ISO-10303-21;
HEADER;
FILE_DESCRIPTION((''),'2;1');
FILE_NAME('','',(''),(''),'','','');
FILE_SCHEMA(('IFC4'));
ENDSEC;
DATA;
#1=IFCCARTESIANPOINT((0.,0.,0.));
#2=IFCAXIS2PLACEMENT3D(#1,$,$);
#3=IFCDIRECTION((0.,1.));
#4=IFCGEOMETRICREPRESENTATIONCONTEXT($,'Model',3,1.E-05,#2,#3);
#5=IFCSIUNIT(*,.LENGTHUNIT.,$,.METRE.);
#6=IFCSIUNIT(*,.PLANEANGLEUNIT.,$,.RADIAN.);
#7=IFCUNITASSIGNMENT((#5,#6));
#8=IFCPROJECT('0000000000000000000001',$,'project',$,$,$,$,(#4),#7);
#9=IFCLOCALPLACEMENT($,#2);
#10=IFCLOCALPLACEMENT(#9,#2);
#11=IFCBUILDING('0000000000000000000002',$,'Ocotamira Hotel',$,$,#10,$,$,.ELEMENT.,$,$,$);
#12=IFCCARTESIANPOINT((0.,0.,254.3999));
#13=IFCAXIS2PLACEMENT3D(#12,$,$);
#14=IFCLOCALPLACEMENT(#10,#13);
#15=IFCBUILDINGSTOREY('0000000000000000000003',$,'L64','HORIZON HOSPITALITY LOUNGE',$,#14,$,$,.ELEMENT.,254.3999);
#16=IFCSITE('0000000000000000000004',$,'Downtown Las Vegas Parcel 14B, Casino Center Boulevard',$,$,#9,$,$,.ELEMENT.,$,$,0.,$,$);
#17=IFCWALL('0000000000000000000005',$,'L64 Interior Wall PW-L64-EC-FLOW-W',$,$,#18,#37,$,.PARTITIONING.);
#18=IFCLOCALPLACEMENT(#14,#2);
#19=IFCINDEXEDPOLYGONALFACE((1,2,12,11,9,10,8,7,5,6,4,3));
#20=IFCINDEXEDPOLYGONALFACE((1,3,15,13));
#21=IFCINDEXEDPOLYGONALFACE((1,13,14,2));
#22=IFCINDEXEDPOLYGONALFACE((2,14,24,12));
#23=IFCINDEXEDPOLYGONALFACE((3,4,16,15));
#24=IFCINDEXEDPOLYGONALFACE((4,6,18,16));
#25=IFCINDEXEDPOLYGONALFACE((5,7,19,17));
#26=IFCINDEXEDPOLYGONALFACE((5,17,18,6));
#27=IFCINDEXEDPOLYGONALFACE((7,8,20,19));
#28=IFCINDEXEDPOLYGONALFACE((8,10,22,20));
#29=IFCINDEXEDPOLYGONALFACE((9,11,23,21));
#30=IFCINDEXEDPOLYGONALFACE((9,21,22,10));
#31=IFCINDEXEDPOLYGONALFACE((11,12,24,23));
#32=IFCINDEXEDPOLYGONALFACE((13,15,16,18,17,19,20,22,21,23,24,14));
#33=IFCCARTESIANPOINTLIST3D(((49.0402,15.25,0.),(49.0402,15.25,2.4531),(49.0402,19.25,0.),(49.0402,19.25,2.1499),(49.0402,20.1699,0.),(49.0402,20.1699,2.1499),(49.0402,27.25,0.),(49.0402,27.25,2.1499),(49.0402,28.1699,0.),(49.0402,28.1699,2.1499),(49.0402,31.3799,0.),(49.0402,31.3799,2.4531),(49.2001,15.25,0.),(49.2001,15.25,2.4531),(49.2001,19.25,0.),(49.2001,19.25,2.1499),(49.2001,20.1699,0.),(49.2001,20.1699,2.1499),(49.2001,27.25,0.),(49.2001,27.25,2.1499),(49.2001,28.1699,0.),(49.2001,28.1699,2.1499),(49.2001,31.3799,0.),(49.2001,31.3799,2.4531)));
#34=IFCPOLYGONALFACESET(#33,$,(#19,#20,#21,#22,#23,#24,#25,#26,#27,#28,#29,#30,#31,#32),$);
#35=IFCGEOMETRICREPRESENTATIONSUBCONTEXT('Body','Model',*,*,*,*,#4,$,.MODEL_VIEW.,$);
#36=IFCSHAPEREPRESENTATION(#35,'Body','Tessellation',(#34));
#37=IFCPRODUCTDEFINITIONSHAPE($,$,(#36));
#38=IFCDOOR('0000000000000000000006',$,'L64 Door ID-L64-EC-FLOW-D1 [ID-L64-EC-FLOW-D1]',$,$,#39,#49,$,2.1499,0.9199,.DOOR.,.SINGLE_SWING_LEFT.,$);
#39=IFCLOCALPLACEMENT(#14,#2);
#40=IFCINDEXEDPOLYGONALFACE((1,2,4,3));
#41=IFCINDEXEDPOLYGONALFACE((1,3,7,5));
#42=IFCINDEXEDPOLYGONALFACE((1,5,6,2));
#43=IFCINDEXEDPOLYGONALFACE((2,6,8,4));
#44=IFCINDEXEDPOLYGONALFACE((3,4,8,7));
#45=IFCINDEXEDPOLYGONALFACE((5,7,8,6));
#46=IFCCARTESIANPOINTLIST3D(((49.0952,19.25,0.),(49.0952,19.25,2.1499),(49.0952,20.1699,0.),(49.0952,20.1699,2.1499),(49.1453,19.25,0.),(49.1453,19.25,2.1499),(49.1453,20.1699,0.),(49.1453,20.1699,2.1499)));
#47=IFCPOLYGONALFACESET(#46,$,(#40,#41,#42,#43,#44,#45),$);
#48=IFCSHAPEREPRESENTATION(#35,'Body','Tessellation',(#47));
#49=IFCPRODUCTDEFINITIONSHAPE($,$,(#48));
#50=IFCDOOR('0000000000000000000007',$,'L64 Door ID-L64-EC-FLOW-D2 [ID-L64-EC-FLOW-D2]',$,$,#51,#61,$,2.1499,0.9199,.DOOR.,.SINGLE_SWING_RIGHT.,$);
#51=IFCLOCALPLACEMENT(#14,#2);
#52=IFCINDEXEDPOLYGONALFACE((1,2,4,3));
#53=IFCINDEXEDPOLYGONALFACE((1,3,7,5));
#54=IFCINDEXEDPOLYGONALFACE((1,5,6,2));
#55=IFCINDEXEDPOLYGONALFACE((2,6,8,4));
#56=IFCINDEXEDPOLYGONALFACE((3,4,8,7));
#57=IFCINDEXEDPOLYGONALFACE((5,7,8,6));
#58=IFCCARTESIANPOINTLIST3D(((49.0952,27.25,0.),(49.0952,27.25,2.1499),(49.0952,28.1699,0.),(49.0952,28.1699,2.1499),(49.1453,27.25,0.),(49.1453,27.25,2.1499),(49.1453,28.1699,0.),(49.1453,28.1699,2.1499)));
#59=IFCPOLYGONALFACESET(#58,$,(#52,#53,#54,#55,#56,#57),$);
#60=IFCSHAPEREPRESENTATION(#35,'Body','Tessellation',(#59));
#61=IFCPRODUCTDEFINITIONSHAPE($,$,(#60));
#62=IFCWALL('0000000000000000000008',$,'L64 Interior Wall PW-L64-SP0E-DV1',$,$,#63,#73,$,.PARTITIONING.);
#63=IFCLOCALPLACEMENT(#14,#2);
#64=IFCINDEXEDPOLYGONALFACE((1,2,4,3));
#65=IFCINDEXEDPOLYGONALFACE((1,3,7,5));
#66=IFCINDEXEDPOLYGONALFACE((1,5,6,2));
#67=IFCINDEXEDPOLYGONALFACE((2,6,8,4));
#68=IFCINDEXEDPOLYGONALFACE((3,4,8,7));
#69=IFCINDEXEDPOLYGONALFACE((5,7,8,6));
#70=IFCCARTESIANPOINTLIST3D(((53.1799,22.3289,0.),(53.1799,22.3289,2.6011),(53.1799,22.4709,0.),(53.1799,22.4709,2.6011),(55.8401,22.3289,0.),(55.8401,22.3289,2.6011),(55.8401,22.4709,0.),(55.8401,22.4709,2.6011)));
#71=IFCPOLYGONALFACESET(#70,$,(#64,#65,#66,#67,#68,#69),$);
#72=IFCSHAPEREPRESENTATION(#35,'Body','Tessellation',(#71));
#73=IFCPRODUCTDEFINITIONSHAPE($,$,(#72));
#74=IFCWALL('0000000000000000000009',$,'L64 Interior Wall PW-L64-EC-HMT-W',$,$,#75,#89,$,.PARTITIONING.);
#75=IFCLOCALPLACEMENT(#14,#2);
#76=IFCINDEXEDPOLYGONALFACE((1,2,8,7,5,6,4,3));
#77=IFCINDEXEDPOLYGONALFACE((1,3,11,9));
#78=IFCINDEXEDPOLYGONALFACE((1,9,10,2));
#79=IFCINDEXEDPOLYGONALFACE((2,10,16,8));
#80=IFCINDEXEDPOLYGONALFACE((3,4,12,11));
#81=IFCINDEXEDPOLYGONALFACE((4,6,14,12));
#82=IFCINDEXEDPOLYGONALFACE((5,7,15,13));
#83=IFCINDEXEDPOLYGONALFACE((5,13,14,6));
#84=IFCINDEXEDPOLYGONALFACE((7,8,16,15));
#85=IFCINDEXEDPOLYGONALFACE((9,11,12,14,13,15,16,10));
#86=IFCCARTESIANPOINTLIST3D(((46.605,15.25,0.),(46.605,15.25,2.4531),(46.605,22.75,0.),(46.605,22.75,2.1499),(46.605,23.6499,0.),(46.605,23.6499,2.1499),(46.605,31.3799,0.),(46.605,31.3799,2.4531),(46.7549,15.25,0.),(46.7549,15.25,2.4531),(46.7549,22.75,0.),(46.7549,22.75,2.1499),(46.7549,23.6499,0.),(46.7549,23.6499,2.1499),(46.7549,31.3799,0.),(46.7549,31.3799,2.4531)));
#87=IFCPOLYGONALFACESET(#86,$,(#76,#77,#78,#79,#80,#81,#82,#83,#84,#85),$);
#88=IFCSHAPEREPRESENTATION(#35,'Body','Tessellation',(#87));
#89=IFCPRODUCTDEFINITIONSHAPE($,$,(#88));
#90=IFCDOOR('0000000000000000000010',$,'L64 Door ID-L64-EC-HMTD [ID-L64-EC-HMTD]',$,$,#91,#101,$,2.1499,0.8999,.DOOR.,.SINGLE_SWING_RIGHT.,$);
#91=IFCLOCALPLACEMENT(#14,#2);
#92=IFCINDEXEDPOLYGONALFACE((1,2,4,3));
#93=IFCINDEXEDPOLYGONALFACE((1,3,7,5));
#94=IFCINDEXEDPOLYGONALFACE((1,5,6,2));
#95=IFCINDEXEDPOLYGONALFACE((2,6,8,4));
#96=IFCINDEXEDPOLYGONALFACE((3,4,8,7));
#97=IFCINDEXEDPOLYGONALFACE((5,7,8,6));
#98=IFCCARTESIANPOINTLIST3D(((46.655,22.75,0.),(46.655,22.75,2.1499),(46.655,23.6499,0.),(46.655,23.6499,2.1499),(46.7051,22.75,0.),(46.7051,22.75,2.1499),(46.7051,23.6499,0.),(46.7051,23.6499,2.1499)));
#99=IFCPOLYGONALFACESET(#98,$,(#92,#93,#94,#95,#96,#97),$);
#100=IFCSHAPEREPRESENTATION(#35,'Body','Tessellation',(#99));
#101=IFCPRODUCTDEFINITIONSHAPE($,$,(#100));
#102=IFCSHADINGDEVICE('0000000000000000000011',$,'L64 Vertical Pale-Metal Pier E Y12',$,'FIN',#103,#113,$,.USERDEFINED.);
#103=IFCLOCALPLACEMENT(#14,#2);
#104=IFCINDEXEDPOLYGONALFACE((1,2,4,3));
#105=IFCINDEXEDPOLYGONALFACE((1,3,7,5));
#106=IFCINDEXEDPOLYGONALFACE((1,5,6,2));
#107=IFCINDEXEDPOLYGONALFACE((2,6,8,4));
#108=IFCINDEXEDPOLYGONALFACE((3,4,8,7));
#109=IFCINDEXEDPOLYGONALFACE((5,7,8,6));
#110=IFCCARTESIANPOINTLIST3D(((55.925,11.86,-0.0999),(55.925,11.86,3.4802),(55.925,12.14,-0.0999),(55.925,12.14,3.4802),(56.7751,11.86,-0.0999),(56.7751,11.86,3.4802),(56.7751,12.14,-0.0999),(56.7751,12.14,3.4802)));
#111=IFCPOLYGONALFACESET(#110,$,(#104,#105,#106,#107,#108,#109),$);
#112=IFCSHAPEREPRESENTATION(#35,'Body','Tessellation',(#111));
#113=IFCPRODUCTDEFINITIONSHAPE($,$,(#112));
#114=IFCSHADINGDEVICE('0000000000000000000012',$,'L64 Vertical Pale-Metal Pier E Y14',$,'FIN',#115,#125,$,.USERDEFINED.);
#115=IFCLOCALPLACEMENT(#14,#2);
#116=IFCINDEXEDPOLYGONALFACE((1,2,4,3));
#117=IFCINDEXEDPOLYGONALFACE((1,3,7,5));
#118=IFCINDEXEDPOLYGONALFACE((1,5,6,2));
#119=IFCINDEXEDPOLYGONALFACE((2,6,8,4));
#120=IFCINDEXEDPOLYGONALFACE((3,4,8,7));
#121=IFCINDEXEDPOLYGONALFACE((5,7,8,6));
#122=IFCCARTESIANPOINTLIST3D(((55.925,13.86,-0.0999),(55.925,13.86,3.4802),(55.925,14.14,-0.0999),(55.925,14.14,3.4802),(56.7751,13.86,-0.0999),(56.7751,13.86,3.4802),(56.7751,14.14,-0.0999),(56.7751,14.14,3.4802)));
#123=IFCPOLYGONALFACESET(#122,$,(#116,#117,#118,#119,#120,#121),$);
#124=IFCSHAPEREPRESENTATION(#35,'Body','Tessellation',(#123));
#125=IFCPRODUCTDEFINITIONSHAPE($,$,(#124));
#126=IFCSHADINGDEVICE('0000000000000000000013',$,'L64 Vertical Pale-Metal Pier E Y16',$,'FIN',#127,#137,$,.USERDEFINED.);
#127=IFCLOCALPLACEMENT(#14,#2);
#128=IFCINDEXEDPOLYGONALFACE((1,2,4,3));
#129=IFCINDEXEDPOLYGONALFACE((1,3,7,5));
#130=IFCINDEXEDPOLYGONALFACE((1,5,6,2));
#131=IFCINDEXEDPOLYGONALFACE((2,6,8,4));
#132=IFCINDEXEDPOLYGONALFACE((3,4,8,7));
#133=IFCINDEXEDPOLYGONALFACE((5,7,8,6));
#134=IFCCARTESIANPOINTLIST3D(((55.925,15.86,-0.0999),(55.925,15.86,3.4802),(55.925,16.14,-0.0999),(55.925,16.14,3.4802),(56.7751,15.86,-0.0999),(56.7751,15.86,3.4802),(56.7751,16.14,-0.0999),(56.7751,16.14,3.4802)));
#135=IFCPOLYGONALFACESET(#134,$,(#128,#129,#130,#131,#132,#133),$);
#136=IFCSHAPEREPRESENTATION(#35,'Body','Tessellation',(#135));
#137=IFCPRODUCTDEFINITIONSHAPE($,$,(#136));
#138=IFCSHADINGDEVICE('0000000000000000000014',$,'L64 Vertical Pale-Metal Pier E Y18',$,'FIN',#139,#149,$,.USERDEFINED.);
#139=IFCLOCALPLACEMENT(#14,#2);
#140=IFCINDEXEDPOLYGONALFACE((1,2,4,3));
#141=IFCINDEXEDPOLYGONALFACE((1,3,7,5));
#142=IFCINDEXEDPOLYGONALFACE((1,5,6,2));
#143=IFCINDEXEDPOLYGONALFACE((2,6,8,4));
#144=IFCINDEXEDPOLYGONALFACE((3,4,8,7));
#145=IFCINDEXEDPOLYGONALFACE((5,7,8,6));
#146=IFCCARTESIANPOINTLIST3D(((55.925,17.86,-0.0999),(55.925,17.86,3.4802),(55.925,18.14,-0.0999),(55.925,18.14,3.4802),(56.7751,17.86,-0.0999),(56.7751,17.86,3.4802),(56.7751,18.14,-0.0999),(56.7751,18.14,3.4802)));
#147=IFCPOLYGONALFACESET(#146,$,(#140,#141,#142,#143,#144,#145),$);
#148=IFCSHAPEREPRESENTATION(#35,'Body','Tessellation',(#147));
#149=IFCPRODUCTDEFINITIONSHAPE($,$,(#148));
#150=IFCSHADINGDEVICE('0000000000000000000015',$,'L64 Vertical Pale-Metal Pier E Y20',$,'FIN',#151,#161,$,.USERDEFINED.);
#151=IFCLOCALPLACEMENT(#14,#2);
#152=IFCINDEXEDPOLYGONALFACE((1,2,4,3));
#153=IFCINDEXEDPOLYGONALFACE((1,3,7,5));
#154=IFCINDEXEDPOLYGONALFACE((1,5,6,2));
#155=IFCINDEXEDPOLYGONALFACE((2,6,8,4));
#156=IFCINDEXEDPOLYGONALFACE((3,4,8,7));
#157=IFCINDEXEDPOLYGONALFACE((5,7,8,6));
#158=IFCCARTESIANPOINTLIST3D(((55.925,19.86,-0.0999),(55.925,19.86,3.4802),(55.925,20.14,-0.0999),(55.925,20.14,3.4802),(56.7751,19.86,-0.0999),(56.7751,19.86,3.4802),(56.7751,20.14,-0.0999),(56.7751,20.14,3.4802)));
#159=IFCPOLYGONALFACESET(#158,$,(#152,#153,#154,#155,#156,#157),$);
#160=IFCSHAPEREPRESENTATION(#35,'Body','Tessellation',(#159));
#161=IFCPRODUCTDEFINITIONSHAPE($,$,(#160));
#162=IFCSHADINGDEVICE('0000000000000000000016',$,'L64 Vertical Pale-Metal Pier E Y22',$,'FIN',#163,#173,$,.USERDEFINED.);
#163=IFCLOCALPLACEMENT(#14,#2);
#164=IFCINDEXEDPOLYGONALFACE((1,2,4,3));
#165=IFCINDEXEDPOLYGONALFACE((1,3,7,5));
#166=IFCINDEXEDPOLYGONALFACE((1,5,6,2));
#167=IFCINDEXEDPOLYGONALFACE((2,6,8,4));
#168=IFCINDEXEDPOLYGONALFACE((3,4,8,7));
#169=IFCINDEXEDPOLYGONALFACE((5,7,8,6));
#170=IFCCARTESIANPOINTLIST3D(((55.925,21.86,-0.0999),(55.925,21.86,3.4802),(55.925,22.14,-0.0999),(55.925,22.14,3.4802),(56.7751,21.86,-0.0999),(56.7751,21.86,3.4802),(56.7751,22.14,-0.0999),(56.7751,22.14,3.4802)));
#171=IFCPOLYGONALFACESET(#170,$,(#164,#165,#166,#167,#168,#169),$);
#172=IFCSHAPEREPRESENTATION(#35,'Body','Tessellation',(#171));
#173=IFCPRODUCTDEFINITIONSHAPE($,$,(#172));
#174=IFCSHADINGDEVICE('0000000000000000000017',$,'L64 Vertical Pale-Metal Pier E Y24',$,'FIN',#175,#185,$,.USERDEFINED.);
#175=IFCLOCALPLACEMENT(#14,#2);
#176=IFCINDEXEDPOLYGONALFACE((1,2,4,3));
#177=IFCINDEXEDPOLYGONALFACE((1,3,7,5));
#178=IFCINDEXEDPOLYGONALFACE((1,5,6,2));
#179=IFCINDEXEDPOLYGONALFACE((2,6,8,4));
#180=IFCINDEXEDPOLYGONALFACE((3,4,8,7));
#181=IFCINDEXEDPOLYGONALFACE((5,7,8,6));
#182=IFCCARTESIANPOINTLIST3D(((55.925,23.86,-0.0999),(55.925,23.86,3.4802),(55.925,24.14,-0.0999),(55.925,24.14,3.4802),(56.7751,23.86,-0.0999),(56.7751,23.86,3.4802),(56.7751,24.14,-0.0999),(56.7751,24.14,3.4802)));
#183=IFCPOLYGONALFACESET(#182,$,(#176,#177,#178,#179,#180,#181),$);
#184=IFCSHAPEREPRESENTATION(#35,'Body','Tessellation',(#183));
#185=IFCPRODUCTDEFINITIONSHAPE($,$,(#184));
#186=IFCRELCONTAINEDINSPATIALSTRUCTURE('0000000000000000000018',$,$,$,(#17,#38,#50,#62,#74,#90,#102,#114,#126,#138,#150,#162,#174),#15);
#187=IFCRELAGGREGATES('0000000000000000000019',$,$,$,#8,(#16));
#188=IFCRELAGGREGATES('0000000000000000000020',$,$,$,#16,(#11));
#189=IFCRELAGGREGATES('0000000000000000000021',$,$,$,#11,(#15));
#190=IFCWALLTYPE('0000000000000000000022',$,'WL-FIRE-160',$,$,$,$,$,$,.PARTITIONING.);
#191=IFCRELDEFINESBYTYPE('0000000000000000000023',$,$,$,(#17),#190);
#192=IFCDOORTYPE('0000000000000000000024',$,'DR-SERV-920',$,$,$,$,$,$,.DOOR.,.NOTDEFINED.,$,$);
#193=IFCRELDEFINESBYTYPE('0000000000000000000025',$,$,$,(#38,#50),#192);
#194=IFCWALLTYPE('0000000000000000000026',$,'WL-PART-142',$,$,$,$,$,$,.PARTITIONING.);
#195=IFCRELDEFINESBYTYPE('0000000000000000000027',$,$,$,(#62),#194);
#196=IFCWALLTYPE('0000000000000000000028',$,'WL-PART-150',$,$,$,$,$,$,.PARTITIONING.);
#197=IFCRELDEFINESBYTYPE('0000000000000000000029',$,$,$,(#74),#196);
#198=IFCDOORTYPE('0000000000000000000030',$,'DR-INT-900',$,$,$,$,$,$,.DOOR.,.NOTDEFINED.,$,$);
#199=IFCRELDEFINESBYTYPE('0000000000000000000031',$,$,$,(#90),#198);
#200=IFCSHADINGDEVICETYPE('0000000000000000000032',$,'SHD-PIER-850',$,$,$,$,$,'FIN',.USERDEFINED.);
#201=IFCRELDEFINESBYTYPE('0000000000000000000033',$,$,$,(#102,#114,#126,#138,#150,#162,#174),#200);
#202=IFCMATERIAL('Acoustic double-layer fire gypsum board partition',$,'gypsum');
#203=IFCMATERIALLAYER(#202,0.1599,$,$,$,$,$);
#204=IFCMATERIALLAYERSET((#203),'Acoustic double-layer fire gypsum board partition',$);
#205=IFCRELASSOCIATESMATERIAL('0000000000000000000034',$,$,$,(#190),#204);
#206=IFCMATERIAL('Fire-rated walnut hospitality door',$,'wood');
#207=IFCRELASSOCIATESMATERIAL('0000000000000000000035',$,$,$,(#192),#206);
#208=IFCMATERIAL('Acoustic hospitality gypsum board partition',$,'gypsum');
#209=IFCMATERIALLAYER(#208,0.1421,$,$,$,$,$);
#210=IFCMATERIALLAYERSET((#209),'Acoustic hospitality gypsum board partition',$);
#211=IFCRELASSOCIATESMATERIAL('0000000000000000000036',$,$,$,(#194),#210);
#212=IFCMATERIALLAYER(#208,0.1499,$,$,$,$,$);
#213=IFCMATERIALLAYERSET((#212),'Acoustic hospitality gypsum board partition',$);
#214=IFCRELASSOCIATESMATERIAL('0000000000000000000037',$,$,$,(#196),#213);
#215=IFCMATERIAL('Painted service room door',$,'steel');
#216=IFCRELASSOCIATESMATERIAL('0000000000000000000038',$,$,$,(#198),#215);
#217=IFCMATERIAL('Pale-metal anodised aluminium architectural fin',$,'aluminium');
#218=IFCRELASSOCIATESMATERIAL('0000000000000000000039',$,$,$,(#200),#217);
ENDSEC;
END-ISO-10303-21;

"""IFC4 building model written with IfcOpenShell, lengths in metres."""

from ifc_helpers import new_model, si_unit, direction, frame, frame_2d, origin, origin_2d, place, context, subcontext, project, spatial, rectangle, extrude, source, transform, mapped, material, layer, layer_set, type_object, element, fill, save


model = new_model("IFC4")

# Units and contexts
model_context = context("Model", 3, precision=1e-05, world=origin(), true_north=direction((0.0, 1.0)))
body_context = subcontext(model_context, "Body", "Model", "MODEL_VIEW")
ifc_project = project(units=[si_unit("LENGTHUNIT", "METRE"), si_unit("PLANEANGLEUNIT", "RADIAN")], contexts=[model_context])

# Site, building, storey
site_placement = place(None, origin())
site = spatial("IfcSite", under=ifc_project, at=site_placement, Name="Downtown Las Vegas Parcel 14B, Casino Center Boulevard", CompositionType="ELEMENT", RefElevation=0.0)
building_placement = place(site_placement, origin())
building = spatial("IfcBuilding", under=site, at=building_placement, Name="Ocotamira Hotel", CompositionType="ELEMENT")
storey_placement = place(building_placement, frame((0.0, 0.0, 254.3999)))
storey = spatial("IfcBuildingStorey", under=building, at=storey_placement, Name="L64", Description="HORIZON HOSPITALITY LOUNGE", CompositionType="ELEMENT", Elevation=254.3999)

# Wall, openings, doors
ifc_material_1 = material(Name="Acoustic double-layer fire gypsum board partition", Category="gypsum")
ifc_layer_1 = layer(ifc_material_1, 0.1599)
ifc_layer_set_1 = layer_set([ifc_layer_1], Name="Acoustic double-layer fire gypsum board partition")
wall_type_1 = type_object("IfcWallType", Name="WL-FIRE-160", PredefinedType="PARTITIONING", material=ifc_layer_set_1)
wall_1_placement = place(storey_placement, frame((49.1201, 15.25, 0.0), z_axis=(0.0, 0.0, 1.0), x_axis=(0.0, 1.0, 0.0)))
wall_1 = element("IfcWall", 1, at=wall_1_placement, inside=storey, type_object=wall_type_1, Name="L64 Interior Wall PW-L64-EC-FLOW-W", PredefinedType="PARTITIONING", context=body_context, shape_type="SweptSolid", body=[
    extrude(rectangle(XDim=16.1299, YDim=0.1599, at=frame_2d((8.0649, 0.0))), origin(), (0.0, 0.0, 1.0), 2.4531),
])
opening_1_placement = place(wall_1_placement, frame((4.0, 0.0, 0.0)))
opening_1 = element("IfcOpeningElement", 2, at=opening_1_placement, cuts=wall_1, PredefinedType="OPENING", context=body_context, shape_type="SweptSolid", body=[
    extrude(rectangle(XDim=0.9199, YDim=2.1499, at=frame_2d((0.46, 1.075))), frame((0.0, 0.0898, 0.0), z_axis=(0.0, -1.0, 0.0), x_axis=(1.0, 0.0, 0.0)), (0.0, 0.0, 1.0), 0.1799),
])
opening_2_placement = place(wall_1_placement, frame((12.0, 0.0, 0.0)))
opening_2 = element("IfcOpeningElement", 3, at=opening_2_placement, cuts=wall_1, PredefinedType="OPENING", context=body_context, shape_type="SweptSolid", body=[
    extrude(rectangle(XDim=0.9199, YDim=2.1499, at=frame_2d((0.46, 1.075))), frame((0.0, 0.0898, 0.0), z_axis=(0.0, -1.0, 0.0), x_axis=(1.0, 0.0, 0.0)), (0.0, 0.0, 1.0), 0.1799),
])
ifc_material_2 = material(Name="Fire-rated walnut hospitality door", Category="wood")
door_type_1 = type_object("IfcDoorType", Name="DR-SERV-920", OperationType="NOTDEFINED", PredefinedType="DOOR", material=ifc_material_2)
shared_shape_1 = source(origin(), body_context, "Body", "SweptSolid", [
    extrude(rectangle(XDim=0.9199, YDim=2.1499, at=frame_2d((0.46, 1.075))), frame((0.0, 0.0249, 0.0), z_axis=(0.0, -1.0, 0.0), x_axis=(1.0, 0.0, 0.0)), (0.0, 0.0, 1.0), 0.05),
])
door_1_placement = place(opening_1_placement, origin())
door_1 = element("IfcDoor", 4, at=door_1_placement, inside=storey, type_object=door_type_1, Name="L64 Door ID-L64-EC-FLOW-D1 [ID-L64-EC-FLOW-D1]", OperationType="SINGLE_SWING_LEFT", OverallHeight=2.1499, OverallWidth=0.9199, PredefinedType="DOOR", context=body_context, shape_type="MappedRepresentation", body=[
    mapped(shared_shape_1, transform((0.0, 0.0, 0.0), scale=1.0)),
])
fill(opening_1, door_1)
door_2_placement = place(opening_2_placement, origin())
door_2 = element("IfcDoor", 5, at=door_2_placement, inside=storey, type_object=door_type_1, Name="L64 Door ID-L64-EC-FLOW-D2 [ID-L64-EC-FLOW-D2]", OperationType="SINGLE_SWING_RIGHT", OverallHeight=2.1499, OverallWidth=0.9199, PredefinedType="DOOR", context=body_context, shape_type="MappedRepresentation", body=[
    mapped(shared_shape_1, transform((0.0, 0.0, 0.0), scale=1.0)),
])
fill(opening_2, door_2)

# Wall
ifc_material_3 = material(Name="Acoustic hospitality gypsum board partition", Category="gypsum")
ifc_layer_2 = layer(ifc_material_3, 0.1421)
ifc_layer_set_2 = layer_set([ifc_layer_2], Name="Acoustic hospitality gypsum board partition")
wall_type_2 = type_object("IfcWallType", Name="WL-PART-142", PredefinedType="PARTITIONING", material=ifc_layer_set_2)
wall_2_placement = place(storey_placement, frame((53.1799, 22.3999, 0.0), z_axis=(0.0, 0.0, 1.0), x_axis=(1.0, 0.0, 0.0)))
element("IfcWall", 6, at=wall_2_placement, inside=storey, type_object=wall_type_2, Name="L64 Interior Wall PW-L64-SP0E-DV1", PredefinedType="PARTITIONING", context=body_context, shape_type="SweptSolid", body=[
    extrude(rectangle(XDim=2.6602, YDim=0.1421, at=frame_2d((1.3301, 0.0))), origin(), (0.0, 0.0, 1.0), 2.6011),
])

# Wall, opening, door
ifc_layer_3 = layer(ifc_material_3, 0.1499)
ifc_layer_set_3 = layer_set([ifc_layer_3], Name="Acoustic hospitality gypsum board partition")
wall_type_3 = type_object("IfcWallType", Name="WL-PART-150", PredefinedType="PARTITIONING", material=ifc_layer_set_3)
wall_3_placement = place(storey_placement, frame((46.6799, 15.25, 0.0), z_axis=(0.0, 0.0, 1.0), x_axis=(0.0, 1.0, 0.0)))
wall_3 = element("IfcWall", 7, at=wall_3_placement, inside=storey, type_object=wall_type_3, Name="L64 Interior Wall PW-L64-EC-HMT-W", PredefinedType="PARTITIONING", context=body_context, shape_type="SweptSolid", body=[
    extrude(rectangle(XDim=16.1299, YDim=0.1499, at=frame_2d((8.0649, 0.0))), origin(), (0.0, 0.0, 1.0), 2.4531),
])
opening_3_placement = place(wall_3_placement, frame((7.5, 0.0, 0.0)))
opening_3 = element("IfcOpeningElement", 8, at=opening_3_placement, cuts=wall_3, PredefinedType="OPENING", context=body_context, shape_type="SweptSolid", body=[
    extrude(rectangle(XDim=0.8999, YDim=2.1499, at=frame_2d((0.45, 1.075))), frame((0.0, 0.085, 0.0), z_axis=(0.0, -1.0, 0.0), x_axis=(1.0, 0.0, 0.0)), (0.0, 0.0, 1.0), 0.1699),
])
ifc_material_4 = material(Name="Painted service room door", Category="steel")
door_type_2 = type_object("IfcDoorType", Name="DR-INT-900", OperationType="NOTDEFINED", PredefinedType="DOOR", material=ifc_material_4)
shared_shape_2 = source(origin(), body_context, "Body", "SweptSolid", [
    extrude(rectangle(XDim=0.8999, YDim=2.1499, at=frame_2d((0.45, 1.075))), frame((0.0, 0.0249, 0.0), z_axis=(0.0, -1.0, 0.0), x_axis=(1.0, 0.0, 0.0)), (0.0, 0.0, 1.0), 0.05),
])
door_3_placement = place(opening_3_placement, origin())
door_3 = element("IfcDoor", 9, at=door_3_placement, inside=storey, type_object=door_type_2, Name="L64 Door ID-L64-EC-HMTD [ID-L64-EC-HMTD]", OperationType="SINGLE_SWING_RIGHT", OverallHeight=2.1499, OverallWidth=0.8999, PredefinedType="DOOR", context=body_context, shape_type="MappedRepresentation", body=[
    mapped(shared_shape_2, transform((0.0, 0.0, 0.0), scale=1.0)),
])
fill(opening_3, door_3)

# Shading devices
ifc_material_5 = material(Name="Pale-metal anodised aluminium architectural fin", Category="aluminium")
shading_device_type = type_object("IfcShadingDeviceType", Name="SHD-PIER-850", ElementType="FIN", PredefinedType="USERDEFINED", material=ifc_material_5)
shared_shape_3 = source(origin(), body_context, "Body", "SweptSolid", [
    extrude(rectangle(XDim=0.8501, YDim=0.28, at=origin_2d()), origin(), (0.0, 0.0, 1.0), 3.5801),
])
for number, where, z_axis, x_axis, name in (
    (10, (56.3501, 12.0, -0.0999), (0.0, 0.0, 1.0), (1.0, 0.0, 0.0), "L64 Vertical Pale-Metal Pier E Y12"),
    (11, (56.3501, 14.0, -0.0999), (0.0, 0.0, 1.0), (1.0, 0.0, 0.0), "L64 Vertical Pale-Metal Pier E Y14"),
    (12, (56.3501, 16.0, -0.0999), (0.0, 0.0, 1.0), (1.0, 0.0, 0.0), "L64 Vertical Pale-Metal Pier E Y16"),
    (13, (56.3501, 18.0, -0.0999), (0.0, 0.0, 1.0), (1.0, 0.0, 0.0), "L64 Vertical Pale-Metal Pier E Y18"),
    (14, (56.3501, 20.0, -0.0999), (0.0, 0.0, 1.0), (1.0, 0.0, 0.0), "L64 Vertical Pale-Metal Pier E Y20"),
    (15, (56.3501, 22.0, -0.0999), (0.0, 0.0, 1.0), (1.0, 0.0, 0.0), "L64 Vertical Pale-Metal Pier E Y22"),
    (16, (56.3501, 24.0, -0.0999), (0.0, 0.0, 1.0), (1.0, 0.0, 0.0), "L64 Vertical Pale-Metal Pier E Y24"),
):
    element("IfcShadingDevice", number, at=place(storey_placement, frame(where, z_axis=z_axis, x_axis=x_axis)), inside=storey, type_object=shading_device_type, Name=name, ObjectType="FIN", PredefinedType="USERDEFINED", context=body_context, shape_type="MappedRepresentation", body=[
        mapped(shared_shape_3, transform((0.0, 0.0, 0.0), scale=1.0)),
    ])

save(model, "model.ifc")
